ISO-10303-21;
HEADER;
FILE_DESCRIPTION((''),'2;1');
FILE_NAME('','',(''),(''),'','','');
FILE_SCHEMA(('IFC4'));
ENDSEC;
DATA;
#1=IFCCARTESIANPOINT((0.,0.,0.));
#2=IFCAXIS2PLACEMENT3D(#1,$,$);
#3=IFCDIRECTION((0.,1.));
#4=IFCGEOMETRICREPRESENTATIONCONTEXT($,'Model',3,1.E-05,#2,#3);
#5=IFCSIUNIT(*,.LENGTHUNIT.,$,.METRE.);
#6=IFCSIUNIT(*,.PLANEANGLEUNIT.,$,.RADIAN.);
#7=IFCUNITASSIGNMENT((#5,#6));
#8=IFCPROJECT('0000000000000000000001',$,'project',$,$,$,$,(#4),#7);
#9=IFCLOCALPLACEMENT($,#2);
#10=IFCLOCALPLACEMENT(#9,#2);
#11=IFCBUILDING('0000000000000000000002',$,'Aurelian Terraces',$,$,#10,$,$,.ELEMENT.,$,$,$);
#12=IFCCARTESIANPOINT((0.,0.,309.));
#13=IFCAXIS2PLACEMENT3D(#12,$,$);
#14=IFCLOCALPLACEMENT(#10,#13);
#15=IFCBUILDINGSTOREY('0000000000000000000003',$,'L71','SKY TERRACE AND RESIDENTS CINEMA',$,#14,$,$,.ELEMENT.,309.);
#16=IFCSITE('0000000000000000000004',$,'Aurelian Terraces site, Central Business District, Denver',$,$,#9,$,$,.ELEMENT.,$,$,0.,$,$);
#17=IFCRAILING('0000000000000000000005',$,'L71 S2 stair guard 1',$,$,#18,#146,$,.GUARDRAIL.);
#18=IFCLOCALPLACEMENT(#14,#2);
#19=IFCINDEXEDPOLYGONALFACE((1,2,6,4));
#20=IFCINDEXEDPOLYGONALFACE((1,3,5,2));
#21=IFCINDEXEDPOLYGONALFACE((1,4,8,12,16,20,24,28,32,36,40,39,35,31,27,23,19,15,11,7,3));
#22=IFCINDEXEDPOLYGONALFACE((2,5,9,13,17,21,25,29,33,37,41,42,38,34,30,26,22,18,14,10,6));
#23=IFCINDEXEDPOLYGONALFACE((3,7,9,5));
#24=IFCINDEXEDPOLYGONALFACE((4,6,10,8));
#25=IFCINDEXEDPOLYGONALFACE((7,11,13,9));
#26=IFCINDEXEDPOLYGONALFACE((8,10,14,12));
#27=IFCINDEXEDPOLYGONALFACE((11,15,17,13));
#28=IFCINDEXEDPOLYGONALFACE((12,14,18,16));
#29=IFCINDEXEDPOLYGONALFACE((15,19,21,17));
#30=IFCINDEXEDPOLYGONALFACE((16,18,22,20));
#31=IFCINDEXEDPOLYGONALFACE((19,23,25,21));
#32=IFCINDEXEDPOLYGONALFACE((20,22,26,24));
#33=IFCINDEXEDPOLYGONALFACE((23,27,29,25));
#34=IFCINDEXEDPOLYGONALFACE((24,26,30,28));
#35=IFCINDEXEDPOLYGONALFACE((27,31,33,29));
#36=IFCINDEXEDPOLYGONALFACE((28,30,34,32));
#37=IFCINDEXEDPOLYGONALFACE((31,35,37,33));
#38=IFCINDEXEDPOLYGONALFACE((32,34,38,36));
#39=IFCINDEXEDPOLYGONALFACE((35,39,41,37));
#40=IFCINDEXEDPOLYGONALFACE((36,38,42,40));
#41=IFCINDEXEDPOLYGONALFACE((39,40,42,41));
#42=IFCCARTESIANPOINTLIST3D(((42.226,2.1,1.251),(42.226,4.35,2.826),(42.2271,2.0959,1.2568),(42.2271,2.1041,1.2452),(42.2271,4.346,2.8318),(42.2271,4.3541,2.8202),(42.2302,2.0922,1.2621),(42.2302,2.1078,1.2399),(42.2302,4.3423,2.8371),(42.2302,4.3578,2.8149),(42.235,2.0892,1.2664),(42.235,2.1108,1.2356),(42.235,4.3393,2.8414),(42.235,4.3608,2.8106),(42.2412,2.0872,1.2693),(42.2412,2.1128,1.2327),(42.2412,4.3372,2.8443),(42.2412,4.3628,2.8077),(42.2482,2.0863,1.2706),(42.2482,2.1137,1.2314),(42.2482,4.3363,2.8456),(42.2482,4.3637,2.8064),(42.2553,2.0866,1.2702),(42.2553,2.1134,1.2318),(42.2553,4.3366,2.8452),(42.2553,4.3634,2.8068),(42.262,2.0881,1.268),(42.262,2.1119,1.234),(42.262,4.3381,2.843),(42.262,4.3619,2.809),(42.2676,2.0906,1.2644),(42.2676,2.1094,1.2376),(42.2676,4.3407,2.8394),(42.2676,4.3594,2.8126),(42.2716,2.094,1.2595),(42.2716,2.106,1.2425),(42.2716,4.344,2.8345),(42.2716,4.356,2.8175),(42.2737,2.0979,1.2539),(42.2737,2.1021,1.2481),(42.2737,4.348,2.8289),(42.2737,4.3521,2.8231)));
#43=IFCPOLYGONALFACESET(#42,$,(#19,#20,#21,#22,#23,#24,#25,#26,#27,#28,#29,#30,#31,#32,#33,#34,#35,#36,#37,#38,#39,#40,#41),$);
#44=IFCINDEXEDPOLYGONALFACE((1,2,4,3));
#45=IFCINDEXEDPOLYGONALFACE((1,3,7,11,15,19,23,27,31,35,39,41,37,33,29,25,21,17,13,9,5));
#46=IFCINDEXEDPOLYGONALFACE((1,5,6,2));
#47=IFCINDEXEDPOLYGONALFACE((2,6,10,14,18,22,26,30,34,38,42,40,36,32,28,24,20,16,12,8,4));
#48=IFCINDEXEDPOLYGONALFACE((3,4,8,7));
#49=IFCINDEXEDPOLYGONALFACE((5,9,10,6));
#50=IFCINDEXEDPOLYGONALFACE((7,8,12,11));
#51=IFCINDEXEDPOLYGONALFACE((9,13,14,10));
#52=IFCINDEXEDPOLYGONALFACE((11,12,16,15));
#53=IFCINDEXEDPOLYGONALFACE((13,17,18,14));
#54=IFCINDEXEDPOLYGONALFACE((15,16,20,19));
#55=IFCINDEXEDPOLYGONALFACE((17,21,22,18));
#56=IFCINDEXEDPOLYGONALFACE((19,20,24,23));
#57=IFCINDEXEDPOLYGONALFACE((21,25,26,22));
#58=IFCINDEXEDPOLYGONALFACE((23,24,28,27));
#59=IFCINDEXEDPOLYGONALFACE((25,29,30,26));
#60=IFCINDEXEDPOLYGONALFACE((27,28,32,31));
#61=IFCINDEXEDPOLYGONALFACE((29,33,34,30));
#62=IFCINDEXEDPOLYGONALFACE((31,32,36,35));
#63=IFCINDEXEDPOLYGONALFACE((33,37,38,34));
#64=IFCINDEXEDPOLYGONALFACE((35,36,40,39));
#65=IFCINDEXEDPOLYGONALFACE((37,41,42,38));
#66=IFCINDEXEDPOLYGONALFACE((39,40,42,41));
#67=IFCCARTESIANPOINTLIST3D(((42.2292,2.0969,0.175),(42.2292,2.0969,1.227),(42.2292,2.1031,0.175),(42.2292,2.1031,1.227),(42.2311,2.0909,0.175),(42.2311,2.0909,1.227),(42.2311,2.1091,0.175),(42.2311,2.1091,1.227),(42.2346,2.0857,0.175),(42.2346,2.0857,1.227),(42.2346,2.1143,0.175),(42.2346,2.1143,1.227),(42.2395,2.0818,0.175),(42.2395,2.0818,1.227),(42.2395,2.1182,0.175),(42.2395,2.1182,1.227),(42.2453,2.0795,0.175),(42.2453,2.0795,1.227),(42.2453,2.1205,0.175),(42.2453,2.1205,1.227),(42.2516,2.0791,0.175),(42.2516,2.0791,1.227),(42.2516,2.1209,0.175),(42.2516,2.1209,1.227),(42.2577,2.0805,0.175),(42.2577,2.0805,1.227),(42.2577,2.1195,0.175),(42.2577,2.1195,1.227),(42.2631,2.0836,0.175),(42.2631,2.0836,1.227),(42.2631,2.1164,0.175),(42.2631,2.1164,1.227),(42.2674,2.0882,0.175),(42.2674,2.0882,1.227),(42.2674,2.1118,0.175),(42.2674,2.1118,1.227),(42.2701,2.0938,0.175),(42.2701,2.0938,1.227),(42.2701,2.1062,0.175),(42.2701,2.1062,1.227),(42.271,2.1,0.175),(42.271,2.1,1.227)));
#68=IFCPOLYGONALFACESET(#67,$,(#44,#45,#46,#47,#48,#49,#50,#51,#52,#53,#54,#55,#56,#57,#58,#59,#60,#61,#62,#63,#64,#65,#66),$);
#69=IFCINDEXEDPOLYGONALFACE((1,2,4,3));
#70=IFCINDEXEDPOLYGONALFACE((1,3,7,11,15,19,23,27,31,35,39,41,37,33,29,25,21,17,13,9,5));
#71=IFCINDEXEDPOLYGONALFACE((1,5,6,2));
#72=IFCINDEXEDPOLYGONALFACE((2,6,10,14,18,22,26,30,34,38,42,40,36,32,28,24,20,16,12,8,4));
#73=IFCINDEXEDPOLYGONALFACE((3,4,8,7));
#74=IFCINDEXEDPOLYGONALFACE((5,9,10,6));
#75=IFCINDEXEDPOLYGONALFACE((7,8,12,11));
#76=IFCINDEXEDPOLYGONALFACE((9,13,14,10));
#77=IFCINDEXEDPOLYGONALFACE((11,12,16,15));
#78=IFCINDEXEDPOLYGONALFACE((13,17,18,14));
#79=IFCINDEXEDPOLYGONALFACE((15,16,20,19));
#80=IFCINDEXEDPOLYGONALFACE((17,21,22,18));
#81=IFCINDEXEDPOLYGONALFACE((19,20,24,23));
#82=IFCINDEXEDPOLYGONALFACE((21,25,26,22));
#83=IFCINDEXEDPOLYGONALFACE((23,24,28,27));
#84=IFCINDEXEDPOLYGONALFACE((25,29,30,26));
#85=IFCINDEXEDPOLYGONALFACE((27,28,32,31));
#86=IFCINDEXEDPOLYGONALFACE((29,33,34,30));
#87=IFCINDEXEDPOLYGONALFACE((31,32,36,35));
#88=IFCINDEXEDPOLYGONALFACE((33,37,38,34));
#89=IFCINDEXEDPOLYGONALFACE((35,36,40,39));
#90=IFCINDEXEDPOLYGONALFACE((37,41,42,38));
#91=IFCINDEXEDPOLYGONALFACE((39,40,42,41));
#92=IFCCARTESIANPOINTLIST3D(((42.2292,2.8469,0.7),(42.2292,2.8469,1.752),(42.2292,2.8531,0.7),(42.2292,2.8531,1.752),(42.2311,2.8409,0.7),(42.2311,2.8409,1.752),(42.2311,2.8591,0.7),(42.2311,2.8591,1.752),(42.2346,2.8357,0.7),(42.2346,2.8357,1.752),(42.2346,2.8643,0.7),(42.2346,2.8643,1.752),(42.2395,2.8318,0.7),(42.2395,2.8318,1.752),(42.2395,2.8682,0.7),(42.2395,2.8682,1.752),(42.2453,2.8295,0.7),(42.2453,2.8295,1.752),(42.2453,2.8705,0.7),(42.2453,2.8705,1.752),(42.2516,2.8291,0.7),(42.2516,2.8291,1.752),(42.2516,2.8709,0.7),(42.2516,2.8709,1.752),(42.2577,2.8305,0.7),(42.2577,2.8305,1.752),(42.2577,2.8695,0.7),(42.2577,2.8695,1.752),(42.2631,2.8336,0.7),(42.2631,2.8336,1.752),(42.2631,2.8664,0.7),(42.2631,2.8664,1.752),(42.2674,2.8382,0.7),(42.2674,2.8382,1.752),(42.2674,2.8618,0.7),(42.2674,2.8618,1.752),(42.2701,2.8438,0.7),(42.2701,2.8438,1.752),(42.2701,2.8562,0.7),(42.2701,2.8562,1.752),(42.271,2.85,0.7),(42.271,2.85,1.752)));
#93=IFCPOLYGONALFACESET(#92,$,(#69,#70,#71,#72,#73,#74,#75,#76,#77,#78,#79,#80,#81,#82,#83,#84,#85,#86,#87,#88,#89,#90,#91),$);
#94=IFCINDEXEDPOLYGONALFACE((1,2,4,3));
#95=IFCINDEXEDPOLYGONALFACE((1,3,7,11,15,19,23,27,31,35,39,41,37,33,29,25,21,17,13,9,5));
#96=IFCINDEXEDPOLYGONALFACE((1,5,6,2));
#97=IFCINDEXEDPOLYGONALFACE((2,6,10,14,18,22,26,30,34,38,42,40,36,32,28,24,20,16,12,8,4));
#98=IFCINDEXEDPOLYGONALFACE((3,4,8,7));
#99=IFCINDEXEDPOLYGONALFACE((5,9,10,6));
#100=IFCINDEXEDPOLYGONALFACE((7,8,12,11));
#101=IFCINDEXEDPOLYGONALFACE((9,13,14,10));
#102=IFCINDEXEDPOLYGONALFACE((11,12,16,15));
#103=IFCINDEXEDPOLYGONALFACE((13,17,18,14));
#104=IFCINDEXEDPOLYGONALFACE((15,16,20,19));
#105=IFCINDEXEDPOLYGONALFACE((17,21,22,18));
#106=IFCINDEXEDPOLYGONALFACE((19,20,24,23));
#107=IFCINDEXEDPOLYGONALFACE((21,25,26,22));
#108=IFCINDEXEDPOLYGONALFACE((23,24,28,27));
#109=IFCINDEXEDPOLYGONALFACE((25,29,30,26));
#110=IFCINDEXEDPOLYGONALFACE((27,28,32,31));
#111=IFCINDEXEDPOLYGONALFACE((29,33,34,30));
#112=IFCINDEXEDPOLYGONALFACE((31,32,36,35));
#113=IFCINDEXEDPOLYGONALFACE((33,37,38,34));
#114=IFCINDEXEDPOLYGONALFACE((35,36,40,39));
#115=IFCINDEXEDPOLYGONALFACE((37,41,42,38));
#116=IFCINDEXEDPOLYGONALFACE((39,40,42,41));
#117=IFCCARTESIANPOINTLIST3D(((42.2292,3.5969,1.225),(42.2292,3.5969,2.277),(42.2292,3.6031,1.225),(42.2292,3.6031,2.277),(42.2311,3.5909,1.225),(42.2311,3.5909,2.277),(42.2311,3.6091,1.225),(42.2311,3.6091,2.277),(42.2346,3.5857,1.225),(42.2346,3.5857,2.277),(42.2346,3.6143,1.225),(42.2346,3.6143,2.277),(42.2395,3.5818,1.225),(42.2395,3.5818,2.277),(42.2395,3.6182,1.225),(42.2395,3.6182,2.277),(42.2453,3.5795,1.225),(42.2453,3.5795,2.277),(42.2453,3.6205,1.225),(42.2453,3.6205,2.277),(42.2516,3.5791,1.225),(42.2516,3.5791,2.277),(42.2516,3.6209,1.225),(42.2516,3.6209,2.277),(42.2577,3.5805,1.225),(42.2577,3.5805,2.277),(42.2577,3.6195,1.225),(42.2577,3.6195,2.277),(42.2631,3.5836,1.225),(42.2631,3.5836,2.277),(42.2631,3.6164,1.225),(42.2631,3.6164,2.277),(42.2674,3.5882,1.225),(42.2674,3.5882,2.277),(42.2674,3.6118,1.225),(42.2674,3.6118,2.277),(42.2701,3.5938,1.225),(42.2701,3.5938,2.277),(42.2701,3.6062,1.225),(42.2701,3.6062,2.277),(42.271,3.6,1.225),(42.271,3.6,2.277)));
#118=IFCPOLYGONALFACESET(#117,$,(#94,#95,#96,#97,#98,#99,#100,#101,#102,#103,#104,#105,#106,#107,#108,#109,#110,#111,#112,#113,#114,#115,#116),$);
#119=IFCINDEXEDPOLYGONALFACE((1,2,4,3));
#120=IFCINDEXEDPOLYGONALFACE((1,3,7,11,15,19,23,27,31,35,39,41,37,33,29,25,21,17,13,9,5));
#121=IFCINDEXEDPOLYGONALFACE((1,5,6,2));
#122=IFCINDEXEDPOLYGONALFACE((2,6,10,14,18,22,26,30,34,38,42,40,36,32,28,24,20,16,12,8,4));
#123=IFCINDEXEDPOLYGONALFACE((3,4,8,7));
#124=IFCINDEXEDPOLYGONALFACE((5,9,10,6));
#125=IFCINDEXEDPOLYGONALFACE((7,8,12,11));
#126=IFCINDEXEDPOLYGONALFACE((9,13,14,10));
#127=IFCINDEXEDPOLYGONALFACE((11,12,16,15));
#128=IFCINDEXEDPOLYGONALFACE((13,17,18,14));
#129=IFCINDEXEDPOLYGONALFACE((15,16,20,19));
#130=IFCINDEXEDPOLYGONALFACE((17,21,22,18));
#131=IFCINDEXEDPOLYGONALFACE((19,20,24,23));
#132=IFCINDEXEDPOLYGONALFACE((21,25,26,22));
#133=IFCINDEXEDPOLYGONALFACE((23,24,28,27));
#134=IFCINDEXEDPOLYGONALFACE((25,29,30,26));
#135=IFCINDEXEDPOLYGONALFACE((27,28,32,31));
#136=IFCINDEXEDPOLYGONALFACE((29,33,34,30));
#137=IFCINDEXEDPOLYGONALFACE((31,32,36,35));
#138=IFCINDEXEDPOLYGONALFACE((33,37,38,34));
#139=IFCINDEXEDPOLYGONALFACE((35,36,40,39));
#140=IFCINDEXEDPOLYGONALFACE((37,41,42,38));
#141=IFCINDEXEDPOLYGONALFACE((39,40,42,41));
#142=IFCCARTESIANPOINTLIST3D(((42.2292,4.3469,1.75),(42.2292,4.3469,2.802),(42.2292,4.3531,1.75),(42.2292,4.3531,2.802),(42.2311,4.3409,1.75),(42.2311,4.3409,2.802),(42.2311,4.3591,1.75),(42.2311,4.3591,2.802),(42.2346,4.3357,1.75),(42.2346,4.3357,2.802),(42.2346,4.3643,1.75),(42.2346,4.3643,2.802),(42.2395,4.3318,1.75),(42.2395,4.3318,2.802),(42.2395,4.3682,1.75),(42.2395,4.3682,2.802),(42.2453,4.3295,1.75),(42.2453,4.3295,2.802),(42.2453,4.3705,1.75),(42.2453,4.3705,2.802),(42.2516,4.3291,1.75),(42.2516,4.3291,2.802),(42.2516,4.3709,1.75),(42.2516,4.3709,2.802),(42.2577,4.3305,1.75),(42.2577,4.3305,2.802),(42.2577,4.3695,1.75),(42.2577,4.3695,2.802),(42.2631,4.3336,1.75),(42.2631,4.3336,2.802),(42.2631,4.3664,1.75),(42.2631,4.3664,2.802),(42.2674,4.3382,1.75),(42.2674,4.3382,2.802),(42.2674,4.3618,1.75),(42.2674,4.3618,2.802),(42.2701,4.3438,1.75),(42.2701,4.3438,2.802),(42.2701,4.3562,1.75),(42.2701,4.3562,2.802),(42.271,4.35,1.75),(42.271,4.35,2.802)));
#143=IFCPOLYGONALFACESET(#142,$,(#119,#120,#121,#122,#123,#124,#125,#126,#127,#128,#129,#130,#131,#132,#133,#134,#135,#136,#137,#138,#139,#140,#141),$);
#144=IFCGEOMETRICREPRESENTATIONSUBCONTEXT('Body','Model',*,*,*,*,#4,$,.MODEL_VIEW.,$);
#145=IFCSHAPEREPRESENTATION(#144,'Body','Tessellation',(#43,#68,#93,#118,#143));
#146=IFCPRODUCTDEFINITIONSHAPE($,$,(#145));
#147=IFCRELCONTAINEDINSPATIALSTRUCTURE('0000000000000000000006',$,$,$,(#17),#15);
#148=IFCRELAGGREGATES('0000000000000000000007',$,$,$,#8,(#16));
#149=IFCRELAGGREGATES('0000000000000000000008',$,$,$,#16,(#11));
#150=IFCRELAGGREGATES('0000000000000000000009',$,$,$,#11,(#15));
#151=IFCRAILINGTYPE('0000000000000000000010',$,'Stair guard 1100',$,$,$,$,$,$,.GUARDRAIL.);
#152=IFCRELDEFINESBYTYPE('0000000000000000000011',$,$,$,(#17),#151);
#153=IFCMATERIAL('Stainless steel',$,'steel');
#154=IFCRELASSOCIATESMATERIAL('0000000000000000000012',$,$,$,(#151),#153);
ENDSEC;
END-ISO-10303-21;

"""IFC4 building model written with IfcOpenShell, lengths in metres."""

from ifc_helpers import new_model, si_unit, direction, frame, origin, origin_2d, place, context, subcontext, project, spatial, circle, extrude, source, transform, mapped, material, type_object, element, save


model = new_model("IFC4")

# Units and contexts
model_context = context("Model", 3, precision=1e-05, world=origin(), true_north=direction((0.0, 1.0)))
body_context = subcontext(model_context, "Body", "Model", "MODEL_VIEW")
ifc_project = project(units=[si_unit("LENGTHUNIT", "METRE"), si_unit("PLANEANGLEUNIT", "RADIAN")], contexts=[model_context])

# Site, building, storey
site_placement = place(None, origin())
site = spatial("IfcSite", under=ifc_project, at=site_placement, Name="Aurelian Terraces site, Central Business District, Denver", CompositionType="ELEMENT", RefElevation=0.0)
building_placement = place(site_placement, origin())
building = spatial("IfcBuilding", under=site, at=building_placement, Name="Aurelian Terraces", CompositionType="ELEMENT")
storey_placement = place(building_placement, frame((0.0, 0.0, 309.0)))
storey = spatial("IfcBuildingStorey", under=building, at=storey_placement, Name="L71", Description="SKY TERRACE AND RESIDENTS CINEMA", CompositionType="ELEMENT", Elevation=309.0)

# Railing
ifc_material_1 = material(Name="Stainless steel", Category="steel")
railing_type_1 = type_object("IfcRailingType", Name="Stair guard 1100", PredefinedType="GUARDRAIL", material=ifc_material_1)
shared_shape_1 = source(origin(), body_context, "Body", "SweptSolid", [
    extrude(circle(Radius=0.024, at=origin_2d()), frame((0.0, 0.0, 1.076), z_axis=(0.0, 0.819232, 0.573462), x_axis=(-1.0, 0.0, 0.0)), (0.0, 0.0, 1.0), 2.7465),
    extrude(circle(Radius=0.021, at=origin_2d()), origin(), (0.0, 0.0, 1.0), 1.052),
    extrude(circle(Radius=0.021, at=origin_2d()), frame((0.0, 0.75, 0.525)), (0.0, 0.0, 1.0), 1.052),
    extrude(circle(Radius=0.021, at=origin_2d()), frame((0.0, 1.5, 1.05)), (0.0, 0.0, 1.0), 1.052),
    extrude(circle(Radius=0.021, at=origin_2d()), frame((0.0, 2.25, 1.575)), (0.0, 0.0, 1.0), 1.052),
])
railing_1_placement = place(storey_placement, frame((42.25, 2.1, 0.175)))
element("IfcRailing", 1, at=railing_1_placement, inside=storey, type_object=railing_type_1, Name="L71 S2 stair guard 1", PredefinedType="GUARDRAIL", context=body_context, shape_type="MappedRepresentation", body=[
    mapped(shared_shape_1, transform((0.0, 0.0, 0.0), scale=1.0)),
])

save(model, "model.ifc")
